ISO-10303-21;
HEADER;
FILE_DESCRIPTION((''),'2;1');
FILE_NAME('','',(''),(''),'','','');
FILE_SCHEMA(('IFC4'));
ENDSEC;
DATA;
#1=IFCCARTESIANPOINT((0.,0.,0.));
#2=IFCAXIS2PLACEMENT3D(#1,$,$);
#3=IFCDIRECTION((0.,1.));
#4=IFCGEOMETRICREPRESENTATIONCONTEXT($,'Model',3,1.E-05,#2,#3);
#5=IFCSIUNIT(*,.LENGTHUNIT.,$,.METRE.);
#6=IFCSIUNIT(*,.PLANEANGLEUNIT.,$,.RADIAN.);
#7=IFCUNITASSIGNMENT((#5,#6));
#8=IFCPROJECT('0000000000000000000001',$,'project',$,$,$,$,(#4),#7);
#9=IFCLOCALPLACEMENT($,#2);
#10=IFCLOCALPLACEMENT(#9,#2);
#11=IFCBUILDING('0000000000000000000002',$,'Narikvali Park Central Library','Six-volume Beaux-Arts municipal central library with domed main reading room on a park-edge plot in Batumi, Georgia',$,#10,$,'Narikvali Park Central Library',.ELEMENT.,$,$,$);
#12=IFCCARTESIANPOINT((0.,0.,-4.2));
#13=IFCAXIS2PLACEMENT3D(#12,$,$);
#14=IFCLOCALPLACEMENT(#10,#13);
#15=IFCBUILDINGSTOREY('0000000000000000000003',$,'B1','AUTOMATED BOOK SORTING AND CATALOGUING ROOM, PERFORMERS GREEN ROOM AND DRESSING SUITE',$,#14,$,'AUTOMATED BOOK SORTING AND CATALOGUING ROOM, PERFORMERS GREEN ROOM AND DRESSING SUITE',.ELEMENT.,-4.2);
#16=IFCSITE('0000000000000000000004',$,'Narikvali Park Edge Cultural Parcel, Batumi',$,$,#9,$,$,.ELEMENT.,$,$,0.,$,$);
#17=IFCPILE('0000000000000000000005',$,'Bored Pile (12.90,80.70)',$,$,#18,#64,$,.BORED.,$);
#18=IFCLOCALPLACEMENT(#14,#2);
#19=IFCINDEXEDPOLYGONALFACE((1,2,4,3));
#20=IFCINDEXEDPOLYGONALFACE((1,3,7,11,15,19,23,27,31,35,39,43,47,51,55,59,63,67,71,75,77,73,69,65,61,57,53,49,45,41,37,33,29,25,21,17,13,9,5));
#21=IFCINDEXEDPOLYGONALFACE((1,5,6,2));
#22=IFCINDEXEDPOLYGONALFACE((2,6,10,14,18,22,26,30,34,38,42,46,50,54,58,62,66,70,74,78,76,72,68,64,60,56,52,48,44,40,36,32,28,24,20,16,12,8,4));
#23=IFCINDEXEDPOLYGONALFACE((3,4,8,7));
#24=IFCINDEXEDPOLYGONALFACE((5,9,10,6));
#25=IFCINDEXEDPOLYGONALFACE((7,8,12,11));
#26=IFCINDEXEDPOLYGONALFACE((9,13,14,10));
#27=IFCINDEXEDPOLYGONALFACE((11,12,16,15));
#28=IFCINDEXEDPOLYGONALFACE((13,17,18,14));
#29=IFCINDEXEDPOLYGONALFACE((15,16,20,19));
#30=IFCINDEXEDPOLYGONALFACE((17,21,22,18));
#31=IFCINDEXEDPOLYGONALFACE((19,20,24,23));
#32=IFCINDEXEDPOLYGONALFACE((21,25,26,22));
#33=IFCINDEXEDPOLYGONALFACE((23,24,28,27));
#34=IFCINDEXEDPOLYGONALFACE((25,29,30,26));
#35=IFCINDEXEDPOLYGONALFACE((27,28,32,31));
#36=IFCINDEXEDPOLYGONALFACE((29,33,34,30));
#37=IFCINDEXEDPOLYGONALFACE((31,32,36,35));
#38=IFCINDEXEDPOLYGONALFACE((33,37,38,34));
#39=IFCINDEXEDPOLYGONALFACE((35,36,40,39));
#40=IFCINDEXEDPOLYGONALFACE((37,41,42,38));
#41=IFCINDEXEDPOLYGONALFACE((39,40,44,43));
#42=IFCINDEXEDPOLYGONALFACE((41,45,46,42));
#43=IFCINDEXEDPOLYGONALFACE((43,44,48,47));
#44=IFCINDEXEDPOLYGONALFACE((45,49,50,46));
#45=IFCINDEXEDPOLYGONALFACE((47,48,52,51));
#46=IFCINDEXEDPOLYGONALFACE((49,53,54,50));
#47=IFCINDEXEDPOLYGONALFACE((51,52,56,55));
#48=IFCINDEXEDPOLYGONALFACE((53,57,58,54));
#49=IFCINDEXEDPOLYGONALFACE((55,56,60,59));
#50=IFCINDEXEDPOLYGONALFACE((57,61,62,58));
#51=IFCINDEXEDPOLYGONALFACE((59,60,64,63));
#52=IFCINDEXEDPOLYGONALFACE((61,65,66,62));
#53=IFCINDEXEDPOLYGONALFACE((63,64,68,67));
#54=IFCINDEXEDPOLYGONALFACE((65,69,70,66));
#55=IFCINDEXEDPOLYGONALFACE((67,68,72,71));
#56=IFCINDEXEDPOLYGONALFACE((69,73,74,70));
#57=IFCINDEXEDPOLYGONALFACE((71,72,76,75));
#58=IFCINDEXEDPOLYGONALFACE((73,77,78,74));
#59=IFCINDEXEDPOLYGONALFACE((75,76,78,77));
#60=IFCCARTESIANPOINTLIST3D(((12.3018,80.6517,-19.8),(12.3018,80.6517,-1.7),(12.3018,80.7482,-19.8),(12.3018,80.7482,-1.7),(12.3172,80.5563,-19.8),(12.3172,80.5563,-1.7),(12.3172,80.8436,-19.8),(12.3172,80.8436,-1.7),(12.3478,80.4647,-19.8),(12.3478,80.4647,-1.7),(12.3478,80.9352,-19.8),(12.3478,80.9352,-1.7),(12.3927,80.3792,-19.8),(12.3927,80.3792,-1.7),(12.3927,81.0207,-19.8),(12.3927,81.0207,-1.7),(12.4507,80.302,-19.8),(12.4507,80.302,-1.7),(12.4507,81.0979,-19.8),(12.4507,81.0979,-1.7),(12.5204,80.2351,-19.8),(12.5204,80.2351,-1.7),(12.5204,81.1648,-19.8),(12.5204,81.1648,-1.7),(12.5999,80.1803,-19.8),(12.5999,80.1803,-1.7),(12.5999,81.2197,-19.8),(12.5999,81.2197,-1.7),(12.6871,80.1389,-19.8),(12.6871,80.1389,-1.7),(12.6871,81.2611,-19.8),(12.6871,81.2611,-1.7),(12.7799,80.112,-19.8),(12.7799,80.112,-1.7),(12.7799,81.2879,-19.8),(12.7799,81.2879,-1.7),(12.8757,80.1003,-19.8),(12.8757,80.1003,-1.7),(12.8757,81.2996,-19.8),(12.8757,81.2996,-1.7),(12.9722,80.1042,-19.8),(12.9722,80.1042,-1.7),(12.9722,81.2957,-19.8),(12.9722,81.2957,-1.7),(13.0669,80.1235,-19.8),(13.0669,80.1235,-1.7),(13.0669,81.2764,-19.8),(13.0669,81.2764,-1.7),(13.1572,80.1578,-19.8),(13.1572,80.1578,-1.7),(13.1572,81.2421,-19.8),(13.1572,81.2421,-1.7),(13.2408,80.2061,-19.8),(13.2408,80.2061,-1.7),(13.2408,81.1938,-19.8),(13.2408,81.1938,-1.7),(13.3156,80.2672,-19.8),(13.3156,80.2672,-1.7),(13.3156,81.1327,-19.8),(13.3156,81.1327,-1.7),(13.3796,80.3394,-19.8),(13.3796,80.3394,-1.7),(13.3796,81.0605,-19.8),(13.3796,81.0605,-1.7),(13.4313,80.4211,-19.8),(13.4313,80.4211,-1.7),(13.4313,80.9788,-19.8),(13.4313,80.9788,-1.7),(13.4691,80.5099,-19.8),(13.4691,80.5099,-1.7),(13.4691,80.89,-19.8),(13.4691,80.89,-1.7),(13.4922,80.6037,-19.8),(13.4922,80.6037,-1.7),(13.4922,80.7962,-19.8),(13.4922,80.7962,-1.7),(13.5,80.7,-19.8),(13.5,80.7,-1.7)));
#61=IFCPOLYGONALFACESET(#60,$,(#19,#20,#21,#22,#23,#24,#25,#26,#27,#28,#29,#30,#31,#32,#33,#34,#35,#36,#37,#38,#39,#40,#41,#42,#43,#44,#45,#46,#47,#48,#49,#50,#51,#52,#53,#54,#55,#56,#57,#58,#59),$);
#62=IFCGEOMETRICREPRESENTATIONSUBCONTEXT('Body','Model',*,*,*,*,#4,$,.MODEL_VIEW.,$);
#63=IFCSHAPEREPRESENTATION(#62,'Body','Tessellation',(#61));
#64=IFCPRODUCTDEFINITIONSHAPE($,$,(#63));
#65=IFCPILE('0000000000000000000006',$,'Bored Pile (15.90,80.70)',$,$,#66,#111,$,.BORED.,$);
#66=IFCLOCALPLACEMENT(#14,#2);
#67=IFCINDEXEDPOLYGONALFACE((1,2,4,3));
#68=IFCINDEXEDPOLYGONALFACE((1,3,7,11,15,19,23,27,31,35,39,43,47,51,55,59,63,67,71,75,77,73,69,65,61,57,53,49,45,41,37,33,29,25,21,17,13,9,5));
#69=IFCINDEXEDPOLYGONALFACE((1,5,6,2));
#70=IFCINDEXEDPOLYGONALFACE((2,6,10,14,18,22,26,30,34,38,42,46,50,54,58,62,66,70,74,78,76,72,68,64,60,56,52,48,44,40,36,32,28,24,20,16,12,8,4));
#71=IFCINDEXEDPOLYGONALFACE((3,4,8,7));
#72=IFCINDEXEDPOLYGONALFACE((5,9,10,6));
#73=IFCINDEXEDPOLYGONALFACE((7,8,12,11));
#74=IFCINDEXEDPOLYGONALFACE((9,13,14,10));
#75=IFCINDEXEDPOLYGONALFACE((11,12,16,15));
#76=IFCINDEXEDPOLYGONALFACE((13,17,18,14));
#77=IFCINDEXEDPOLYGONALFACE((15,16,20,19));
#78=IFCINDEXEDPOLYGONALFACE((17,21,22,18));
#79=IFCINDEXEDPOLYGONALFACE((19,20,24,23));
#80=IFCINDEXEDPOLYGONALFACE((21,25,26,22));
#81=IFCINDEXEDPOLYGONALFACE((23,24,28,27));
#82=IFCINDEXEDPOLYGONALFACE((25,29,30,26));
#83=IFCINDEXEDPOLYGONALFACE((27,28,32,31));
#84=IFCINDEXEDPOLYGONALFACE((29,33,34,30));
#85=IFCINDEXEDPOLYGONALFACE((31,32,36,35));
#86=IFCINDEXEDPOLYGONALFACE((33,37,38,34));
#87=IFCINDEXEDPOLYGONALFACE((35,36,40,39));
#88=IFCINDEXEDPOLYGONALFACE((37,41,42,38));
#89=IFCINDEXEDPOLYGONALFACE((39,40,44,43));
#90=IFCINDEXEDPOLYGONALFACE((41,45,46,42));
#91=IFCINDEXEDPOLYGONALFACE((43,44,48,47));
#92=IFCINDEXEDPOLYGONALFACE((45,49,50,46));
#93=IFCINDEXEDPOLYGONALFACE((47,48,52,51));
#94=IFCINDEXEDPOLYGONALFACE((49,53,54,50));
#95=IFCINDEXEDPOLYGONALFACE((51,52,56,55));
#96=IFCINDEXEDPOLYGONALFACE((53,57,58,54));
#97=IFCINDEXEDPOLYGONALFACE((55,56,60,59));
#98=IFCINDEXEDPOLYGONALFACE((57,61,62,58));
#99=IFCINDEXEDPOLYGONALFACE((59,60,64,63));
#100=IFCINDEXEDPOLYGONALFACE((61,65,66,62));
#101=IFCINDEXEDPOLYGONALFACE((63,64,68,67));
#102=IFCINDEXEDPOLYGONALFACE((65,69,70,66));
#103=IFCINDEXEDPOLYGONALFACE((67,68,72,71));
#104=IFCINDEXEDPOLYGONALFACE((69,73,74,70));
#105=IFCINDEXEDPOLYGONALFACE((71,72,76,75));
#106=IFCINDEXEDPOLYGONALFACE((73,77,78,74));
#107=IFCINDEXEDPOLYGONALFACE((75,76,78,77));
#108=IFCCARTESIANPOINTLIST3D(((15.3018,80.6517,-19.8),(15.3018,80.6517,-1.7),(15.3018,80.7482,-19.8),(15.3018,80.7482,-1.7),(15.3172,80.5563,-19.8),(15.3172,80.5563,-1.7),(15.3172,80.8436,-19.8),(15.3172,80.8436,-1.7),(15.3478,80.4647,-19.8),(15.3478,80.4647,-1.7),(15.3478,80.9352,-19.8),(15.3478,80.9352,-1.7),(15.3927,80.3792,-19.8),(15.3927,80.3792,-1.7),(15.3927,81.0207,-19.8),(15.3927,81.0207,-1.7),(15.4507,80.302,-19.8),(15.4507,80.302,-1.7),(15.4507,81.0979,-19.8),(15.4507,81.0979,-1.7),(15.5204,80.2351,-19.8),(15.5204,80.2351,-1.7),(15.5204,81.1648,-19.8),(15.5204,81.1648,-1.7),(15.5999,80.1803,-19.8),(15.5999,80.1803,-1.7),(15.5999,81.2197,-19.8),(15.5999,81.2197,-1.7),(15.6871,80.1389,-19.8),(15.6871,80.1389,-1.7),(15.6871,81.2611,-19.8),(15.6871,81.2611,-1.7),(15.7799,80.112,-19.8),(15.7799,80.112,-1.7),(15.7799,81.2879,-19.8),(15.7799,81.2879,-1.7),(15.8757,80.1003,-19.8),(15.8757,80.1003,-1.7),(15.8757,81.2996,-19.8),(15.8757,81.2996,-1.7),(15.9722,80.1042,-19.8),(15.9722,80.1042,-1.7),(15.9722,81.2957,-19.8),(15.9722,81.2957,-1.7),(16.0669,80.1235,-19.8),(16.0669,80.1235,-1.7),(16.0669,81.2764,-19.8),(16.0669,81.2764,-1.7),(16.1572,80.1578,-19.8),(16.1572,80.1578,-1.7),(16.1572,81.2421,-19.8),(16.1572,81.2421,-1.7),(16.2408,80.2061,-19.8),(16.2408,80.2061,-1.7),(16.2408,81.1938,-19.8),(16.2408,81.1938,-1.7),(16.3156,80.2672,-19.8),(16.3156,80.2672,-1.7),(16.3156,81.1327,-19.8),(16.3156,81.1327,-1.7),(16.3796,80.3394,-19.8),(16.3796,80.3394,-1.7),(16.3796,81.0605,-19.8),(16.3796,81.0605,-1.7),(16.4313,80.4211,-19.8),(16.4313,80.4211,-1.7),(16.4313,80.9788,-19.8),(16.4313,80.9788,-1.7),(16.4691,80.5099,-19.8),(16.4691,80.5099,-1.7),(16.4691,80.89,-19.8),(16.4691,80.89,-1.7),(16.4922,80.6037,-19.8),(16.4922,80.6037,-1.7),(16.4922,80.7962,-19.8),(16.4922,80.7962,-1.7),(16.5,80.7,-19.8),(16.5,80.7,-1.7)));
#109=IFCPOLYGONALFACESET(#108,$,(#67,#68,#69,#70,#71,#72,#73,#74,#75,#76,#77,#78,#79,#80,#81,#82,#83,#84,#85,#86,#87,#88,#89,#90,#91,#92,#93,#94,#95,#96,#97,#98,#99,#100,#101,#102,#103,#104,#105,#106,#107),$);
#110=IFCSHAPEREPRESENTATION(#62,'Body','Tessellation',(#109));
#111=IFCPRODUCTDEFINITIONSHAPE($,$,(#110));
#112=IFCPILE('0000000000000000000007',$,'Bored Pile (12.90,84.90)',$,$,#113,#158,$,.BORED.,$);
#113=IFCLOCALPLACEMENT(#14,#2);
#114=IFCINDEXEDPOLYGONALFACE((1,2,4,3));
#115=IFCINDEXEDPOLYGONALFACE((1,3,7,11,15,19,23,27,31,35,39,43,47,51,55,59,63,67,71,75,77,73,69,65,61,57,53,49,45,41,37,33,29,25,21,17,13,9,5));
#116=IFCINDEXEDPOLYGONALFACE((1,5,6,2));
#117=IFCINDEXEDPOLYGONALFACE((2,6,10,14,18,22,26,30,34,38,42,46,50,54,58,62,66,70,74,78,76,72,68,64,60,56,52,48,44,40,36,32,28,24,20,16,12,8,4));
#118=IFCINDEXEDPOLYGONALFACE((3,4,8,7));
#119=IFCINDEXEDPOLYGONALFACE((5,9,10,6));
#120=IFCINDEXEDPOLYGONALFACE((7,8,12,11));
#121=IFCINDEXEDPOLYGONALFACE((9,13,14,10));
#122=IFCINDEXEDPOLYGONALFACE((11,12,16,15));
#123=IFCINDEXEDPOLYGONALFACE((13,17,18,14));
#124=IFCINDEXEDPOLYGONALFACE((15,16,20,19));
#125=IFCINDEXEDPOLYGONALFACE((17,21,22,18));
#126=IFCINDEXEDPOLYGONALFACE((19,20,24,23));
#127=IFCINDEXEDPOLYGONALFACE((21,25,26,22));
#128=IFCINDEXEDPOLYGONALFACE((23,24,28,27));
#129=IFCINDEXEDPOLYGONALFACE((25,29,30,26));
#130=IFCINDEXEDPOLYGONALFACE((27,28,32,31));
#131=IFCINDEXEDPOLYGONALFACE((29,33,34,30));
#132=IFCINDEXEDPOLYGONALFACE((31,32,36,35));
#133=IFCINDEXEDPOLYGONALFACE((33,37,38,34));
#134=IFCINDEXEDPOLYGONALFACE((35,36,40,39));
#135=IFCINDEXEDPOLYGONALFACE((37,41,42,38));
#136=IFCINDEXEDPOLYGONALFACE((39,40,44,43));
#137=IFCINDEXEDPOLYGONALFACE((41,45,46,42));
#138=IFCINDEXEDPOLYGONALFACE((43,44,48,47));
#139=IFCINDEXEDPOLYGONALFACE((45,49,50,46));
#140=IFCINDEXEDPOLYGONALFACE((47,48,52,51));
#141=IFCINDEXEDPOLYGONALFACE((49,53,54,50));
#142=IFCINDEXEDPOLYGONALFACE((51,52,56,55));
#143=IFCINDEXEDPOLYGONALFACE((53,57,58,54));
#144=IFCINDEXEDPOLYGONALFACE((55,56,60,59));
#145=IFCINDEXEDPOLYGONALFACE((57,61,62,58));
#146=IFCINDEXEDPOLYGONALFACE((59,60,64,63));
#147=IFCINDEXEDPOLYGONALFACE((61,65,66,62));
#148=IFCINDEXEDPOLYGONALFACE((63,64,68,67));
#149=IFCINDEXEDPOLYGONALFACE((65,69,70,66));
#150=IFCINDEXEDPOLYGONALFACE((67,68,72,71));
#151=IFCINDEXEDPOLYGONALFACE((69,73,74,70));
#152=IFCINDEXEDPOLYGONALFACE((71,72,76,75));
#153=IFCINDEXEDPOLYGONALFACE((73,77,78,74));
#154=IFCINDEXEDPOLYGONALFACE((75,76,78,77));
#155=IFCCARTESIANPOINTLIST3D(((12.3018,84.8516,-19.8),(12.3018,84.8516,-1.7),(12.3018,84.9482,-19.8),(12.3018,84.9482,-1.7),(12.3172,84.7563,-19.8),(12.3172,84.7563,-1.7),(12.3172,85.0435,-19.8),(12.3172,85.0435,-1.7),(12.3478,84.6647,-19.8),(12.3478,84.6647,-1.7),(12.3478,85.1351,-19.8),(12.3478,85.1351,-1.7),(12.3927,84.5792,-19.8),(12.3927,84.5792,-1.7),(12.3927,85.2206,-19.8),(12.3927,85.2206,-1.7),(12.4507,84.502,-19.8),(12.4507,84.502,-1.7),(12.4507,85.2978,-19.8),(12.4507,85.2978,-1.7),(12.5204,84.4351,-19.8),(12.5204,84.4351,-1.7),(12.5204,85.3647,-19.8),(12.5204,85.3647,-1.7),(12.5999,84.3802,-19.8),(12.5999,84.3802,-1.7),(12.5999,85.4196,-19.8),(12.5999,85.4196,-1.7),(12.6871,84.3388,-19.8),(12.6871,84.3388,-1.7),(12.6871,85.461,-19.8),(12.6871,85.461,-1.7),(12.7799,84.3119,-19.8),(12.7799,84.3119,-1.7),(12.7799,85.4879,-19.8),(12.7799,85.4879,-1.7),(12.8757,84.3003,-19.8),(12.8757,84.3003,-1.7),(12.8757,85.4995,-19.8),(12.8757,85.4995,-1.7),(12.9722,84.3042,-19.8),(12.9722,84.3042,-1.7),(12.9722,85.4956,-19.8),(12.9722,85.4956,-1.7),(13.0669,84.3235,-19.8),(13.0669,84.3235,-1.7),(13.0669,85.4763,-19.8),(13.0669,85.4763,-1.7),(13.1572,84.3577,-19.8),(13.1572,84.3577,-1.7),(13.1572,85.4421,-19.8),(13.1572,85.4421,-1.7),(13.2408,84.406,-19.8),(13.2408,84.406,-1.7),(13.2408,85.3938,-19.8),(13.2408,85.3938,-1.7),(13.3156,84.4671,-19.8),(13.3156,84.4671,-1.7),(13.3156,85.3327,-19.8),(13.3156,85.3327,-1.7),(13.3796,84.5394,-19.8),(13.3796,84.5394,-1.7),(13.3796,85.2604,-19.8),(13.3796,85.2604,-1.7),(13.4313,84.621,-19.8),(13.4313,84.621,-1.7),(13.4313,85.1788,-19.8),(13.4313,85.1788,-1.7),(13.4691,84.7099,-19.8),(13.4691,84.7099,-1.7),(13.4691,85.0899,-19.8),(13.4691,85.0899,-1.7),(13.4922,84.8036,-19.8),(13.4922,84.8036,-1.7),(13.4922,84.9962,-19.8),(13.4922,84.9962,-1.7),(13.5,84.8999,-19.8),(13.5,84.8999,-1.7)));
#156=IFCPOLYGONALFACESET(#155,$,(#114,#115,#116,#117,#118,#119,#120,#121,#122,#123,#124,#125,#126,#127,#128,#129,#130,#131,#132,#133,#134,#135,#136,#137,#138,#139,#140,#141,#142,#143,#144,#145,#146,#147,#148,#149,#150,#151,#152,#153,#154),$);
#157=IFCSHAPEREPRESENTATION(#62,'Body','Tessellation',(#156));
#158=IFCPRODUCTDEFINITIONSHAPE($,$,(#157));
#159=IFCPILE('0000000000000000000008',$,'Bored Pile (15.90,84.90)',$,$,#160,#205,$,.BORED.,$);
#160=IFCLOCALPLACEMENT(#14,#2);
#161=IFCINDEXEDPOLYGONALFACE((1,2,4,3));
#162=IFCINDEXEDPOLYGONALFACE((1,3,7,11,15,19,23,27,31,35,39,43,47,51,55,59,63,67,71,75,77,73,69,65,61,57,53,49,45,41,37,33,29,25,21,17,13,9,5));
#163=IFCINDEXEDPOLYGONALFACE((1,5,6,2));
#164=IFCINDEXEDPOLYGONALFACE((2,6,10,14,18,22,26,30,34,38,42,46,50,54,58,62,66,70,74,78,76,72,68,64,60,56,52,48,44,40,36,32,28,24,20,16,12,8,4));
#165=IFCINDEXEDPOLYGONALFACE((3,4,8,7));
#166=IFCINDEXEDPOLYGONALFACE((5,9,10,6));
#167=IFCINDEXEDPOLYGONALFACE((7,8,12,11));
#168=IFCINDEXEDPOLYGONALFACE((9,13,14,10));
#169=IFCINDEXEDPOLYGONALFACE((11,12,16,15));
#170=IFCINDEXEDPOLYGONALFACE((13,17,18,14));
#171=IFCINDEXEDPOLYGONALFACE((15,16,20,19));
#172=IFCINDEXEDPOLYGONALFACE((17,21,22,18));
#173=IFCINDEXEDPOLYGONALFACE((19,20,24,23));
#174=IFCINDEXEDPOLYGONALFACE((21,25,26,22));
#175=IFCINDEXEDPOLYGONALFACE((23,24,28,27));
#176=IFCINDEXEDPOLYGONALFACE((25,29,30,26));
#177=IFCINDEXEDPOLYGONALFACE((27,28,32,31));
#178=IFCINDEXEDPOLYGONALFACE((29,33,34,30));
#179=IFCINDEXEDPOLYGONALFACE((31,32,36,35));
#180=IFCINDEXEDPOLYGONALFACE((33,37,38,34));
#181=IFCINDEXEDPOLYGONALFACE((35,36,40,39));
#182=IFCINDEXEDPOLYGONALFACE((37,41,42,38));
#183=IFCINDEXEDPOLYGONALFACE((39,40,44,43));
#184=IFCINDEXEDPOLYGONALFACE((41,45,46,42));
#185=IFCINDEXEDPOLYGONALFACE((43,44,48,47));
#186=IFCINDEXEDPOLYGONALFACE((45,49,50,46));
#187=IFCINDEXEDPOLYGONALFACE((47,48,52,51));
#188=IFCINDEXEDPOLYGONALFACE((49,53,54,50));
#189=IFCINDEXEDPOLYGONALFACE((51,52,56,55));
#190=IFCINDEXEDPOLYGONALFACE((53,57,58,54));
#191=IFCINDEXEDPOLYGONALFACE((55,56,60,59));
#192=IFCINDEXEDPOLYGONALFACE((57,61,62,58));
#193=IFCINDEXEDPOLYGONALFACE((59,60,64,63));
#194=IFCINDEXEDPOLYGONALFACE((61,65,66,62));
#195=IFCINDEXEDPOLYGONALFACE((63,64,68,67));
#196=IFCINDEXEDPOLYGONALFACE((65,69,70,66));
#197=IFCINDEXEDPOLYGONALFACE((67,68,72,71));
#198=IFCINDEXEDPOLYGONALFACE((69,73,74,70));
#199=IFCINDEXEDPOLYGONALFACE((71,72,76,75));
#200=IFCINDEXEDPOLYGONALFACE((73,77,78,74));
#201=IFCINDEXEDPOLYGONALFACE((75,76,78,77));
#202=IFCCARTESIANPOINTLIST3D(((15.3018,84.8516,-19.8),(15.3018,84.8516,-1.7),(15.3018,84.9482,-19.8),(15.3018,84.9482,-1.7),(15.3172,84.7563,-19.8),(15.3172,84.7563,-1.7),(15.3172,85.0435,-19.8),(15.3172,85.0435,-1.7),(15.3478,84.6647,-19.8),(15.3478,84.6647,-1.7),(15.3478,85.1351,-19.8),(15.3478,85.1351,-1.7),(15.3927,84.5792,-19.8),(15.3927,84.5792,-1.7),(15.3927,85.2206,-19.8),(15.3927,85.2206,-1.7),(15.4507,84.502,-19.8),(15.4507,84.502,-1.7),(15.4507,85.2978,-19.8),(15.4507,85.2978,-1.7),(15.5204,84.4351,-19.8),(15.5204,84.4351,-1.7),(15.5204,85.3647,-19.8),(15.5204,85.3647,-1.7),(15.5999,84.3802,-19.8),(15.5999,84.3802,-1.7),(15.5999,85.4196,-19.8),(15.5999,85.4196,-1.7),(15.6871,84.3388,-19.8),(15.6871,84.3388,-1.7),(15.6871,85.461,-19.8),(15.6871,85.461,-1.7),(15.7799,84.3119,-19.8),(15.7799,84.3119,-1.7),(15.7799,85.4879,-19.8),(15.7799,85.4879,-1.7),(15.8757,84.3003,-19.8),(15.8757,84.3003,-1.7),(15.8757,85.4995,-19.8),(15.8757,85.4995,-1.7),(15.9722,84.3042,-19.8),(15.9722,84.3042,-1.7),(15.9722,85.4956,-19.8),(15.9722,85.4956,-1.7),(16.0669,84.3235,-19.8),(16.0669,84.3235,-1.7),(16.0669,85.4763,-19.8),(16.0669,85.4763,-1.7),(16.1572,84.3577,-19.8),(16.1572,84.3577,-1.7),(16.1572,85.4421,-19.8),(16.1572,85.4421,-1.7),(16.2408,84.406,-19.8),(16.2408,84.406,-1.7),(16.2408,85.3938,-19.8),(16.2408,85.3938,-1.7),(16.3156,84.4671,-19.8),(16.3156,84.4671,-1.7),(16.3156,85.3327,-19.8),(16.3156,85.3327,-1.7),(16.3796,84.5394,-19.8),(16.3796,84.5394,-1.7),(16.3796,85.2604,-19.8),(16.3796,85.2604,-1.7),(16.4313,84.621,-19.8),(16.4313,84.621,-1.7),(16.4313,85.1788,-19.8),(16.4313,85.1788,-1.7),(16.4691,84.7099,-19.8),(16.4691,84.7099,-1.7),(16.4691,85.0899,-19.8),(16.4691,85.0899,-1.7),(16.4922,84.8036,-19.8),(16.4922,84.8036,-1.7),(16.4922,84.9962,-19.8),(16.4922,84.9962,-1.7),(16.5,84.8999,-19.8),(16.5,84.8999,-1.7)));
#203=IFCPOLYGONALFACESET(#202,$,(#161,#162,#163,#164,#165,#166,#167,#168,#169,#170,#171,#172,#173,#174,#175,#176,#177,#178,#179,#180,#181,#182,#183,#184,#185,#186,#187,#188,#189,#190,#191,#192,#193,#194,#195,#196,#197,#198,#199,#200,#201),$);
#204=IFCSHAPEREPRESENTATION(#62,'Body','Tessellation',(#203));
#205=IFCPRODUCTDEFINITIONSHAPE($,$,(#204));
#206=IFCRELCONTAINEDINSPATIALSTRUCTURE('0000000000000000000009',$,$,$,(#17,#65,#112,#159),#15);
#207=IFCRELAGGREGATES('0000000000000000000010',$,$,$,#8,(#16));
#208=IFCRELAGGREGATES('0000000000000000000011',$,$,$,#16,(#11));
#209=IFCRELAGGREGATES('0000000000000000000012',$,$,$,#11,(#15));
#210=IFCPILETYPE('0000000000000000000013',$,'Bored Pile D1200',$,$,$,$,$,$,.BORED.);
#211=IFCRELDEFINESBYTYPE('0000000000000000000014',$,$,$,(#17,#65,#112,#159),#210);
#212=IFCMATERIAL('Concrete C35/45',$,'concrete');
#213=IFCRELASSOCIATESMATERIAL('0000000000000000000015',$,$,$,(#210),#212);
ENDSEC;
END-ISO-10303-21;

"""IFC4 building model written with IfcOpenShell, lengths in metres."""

from ifc_helpers import new_model, si_unit, direction, frame, origin, origin_2d, place, context, subcontext, project, spatial, circle, extrude, material, material_profile, profile_set, type_object, element, save


model = new_model("IFC4")

# Units and contexts
model_context = context("Model", 3, precision=1e-05, world=origin(), true_north=direction((0.0, 1.0)))
body_context = subcontext(model_context, "Body", "Model", "MODEL_VIEW")
ifc_project = project(units=[si_unit("LENGTHUNIT", "METRE"), si_unit("PLANEANGLEUNIT", "RADIAN")], contexts=[model_context])

# Site, building, storey
site_placement = place(None, origin())
site = spatial("IfcSite", under=ifc_project, at=site_placement, Name="Narikvali Park Edge Cultural Parcel, Batumi", CompositionType="ELEMENT", RefElevation=0.0)
building_placement = place(site_placement, origin())
building = spatial("IfcBuilding", under=site, at=building_placement, Name="Narikvali Park Central Library", Description="Six-volume Beaux-Arts municipal central library with domed main reading room on a park-edge plot in Batumi, Georgia", LongName="Narikvali Park Central Library", CompositionType="ELEMENT")
storey_placement = place(building_placement, frame((0.0, 0.0, -4.2)))
storey = spatial("IfcBuildingStorey", under=building, at=storey_placement, Name="B1", Description="AUTOMATED BOOK SORTING AND CATALOGUING ROOM, PERFORMERS GREEN ROOM AND DRESSING SUITE", LongName="AUTOMATED BOOK SORTING AND CATALOGUING ROOM, PERFORMERS GREEN ROOM AND DRESSING SUITE", CompositionType="ELEMENT", Elevation=-4.2)

# Piles
ifc_material_1 = material(Name="Concrete C35/45", Category="concrete")
ifc_material_profile_1 = material_profile(ifc_material_1, circle(Radius=0.6001, at=origin_2d()), Name="PILE D1200")
ifc_profile_set_1 = profile_set([ifc_material_profile_1], Name="Concrete C35/45")
pile_type_1 = type_object("IfcPileType", Name="Bored Pile D1200", PredefinedType="BORED", material=ifc_profile_set_1)
for number, where, z_axis, x_axis, name in (
    (1, (12.8999, 80.7, -1.7), (0.0, 0.0, -1.0), (1.0, 0.0, 0.0), "Bored Pile (12.90,80.70)"),
    (2, (15.8999, 80.7, -1.7), (0.0, 0.0, -1.0), (1.0, 0.0, 0.0), "Bored Pile (15.90,80.70)"),
    (3, (12.8999, 84.8999, -1.7), (0.0, 0.0, -1.0), (1.0, 0.0, 0.0), "Bored Pile (12.90,84.90)"),
    (4, (15.8999, 84.8999, -1.7), (0.0, 0.0, -1.0), (1.0, 0.0, 0.0), "Bored Pile (15.90,84.90)"),
):
    element("IfcPile", number, at=place(storey_placement, frame(where, z_axis=z_axis, x_axis=x_axis)), inside=storey, type_object=pile_type_1, Name=name, PredefinedType="BORED", context=body_context, shape_type="SweptSolid", body=[
        extrude(circle(Radius=0.6001, at=origin_2d()), origin(), (0.0, 0.0, 1.0), 18.1001),
    ])

save(model, "model.ifc")
